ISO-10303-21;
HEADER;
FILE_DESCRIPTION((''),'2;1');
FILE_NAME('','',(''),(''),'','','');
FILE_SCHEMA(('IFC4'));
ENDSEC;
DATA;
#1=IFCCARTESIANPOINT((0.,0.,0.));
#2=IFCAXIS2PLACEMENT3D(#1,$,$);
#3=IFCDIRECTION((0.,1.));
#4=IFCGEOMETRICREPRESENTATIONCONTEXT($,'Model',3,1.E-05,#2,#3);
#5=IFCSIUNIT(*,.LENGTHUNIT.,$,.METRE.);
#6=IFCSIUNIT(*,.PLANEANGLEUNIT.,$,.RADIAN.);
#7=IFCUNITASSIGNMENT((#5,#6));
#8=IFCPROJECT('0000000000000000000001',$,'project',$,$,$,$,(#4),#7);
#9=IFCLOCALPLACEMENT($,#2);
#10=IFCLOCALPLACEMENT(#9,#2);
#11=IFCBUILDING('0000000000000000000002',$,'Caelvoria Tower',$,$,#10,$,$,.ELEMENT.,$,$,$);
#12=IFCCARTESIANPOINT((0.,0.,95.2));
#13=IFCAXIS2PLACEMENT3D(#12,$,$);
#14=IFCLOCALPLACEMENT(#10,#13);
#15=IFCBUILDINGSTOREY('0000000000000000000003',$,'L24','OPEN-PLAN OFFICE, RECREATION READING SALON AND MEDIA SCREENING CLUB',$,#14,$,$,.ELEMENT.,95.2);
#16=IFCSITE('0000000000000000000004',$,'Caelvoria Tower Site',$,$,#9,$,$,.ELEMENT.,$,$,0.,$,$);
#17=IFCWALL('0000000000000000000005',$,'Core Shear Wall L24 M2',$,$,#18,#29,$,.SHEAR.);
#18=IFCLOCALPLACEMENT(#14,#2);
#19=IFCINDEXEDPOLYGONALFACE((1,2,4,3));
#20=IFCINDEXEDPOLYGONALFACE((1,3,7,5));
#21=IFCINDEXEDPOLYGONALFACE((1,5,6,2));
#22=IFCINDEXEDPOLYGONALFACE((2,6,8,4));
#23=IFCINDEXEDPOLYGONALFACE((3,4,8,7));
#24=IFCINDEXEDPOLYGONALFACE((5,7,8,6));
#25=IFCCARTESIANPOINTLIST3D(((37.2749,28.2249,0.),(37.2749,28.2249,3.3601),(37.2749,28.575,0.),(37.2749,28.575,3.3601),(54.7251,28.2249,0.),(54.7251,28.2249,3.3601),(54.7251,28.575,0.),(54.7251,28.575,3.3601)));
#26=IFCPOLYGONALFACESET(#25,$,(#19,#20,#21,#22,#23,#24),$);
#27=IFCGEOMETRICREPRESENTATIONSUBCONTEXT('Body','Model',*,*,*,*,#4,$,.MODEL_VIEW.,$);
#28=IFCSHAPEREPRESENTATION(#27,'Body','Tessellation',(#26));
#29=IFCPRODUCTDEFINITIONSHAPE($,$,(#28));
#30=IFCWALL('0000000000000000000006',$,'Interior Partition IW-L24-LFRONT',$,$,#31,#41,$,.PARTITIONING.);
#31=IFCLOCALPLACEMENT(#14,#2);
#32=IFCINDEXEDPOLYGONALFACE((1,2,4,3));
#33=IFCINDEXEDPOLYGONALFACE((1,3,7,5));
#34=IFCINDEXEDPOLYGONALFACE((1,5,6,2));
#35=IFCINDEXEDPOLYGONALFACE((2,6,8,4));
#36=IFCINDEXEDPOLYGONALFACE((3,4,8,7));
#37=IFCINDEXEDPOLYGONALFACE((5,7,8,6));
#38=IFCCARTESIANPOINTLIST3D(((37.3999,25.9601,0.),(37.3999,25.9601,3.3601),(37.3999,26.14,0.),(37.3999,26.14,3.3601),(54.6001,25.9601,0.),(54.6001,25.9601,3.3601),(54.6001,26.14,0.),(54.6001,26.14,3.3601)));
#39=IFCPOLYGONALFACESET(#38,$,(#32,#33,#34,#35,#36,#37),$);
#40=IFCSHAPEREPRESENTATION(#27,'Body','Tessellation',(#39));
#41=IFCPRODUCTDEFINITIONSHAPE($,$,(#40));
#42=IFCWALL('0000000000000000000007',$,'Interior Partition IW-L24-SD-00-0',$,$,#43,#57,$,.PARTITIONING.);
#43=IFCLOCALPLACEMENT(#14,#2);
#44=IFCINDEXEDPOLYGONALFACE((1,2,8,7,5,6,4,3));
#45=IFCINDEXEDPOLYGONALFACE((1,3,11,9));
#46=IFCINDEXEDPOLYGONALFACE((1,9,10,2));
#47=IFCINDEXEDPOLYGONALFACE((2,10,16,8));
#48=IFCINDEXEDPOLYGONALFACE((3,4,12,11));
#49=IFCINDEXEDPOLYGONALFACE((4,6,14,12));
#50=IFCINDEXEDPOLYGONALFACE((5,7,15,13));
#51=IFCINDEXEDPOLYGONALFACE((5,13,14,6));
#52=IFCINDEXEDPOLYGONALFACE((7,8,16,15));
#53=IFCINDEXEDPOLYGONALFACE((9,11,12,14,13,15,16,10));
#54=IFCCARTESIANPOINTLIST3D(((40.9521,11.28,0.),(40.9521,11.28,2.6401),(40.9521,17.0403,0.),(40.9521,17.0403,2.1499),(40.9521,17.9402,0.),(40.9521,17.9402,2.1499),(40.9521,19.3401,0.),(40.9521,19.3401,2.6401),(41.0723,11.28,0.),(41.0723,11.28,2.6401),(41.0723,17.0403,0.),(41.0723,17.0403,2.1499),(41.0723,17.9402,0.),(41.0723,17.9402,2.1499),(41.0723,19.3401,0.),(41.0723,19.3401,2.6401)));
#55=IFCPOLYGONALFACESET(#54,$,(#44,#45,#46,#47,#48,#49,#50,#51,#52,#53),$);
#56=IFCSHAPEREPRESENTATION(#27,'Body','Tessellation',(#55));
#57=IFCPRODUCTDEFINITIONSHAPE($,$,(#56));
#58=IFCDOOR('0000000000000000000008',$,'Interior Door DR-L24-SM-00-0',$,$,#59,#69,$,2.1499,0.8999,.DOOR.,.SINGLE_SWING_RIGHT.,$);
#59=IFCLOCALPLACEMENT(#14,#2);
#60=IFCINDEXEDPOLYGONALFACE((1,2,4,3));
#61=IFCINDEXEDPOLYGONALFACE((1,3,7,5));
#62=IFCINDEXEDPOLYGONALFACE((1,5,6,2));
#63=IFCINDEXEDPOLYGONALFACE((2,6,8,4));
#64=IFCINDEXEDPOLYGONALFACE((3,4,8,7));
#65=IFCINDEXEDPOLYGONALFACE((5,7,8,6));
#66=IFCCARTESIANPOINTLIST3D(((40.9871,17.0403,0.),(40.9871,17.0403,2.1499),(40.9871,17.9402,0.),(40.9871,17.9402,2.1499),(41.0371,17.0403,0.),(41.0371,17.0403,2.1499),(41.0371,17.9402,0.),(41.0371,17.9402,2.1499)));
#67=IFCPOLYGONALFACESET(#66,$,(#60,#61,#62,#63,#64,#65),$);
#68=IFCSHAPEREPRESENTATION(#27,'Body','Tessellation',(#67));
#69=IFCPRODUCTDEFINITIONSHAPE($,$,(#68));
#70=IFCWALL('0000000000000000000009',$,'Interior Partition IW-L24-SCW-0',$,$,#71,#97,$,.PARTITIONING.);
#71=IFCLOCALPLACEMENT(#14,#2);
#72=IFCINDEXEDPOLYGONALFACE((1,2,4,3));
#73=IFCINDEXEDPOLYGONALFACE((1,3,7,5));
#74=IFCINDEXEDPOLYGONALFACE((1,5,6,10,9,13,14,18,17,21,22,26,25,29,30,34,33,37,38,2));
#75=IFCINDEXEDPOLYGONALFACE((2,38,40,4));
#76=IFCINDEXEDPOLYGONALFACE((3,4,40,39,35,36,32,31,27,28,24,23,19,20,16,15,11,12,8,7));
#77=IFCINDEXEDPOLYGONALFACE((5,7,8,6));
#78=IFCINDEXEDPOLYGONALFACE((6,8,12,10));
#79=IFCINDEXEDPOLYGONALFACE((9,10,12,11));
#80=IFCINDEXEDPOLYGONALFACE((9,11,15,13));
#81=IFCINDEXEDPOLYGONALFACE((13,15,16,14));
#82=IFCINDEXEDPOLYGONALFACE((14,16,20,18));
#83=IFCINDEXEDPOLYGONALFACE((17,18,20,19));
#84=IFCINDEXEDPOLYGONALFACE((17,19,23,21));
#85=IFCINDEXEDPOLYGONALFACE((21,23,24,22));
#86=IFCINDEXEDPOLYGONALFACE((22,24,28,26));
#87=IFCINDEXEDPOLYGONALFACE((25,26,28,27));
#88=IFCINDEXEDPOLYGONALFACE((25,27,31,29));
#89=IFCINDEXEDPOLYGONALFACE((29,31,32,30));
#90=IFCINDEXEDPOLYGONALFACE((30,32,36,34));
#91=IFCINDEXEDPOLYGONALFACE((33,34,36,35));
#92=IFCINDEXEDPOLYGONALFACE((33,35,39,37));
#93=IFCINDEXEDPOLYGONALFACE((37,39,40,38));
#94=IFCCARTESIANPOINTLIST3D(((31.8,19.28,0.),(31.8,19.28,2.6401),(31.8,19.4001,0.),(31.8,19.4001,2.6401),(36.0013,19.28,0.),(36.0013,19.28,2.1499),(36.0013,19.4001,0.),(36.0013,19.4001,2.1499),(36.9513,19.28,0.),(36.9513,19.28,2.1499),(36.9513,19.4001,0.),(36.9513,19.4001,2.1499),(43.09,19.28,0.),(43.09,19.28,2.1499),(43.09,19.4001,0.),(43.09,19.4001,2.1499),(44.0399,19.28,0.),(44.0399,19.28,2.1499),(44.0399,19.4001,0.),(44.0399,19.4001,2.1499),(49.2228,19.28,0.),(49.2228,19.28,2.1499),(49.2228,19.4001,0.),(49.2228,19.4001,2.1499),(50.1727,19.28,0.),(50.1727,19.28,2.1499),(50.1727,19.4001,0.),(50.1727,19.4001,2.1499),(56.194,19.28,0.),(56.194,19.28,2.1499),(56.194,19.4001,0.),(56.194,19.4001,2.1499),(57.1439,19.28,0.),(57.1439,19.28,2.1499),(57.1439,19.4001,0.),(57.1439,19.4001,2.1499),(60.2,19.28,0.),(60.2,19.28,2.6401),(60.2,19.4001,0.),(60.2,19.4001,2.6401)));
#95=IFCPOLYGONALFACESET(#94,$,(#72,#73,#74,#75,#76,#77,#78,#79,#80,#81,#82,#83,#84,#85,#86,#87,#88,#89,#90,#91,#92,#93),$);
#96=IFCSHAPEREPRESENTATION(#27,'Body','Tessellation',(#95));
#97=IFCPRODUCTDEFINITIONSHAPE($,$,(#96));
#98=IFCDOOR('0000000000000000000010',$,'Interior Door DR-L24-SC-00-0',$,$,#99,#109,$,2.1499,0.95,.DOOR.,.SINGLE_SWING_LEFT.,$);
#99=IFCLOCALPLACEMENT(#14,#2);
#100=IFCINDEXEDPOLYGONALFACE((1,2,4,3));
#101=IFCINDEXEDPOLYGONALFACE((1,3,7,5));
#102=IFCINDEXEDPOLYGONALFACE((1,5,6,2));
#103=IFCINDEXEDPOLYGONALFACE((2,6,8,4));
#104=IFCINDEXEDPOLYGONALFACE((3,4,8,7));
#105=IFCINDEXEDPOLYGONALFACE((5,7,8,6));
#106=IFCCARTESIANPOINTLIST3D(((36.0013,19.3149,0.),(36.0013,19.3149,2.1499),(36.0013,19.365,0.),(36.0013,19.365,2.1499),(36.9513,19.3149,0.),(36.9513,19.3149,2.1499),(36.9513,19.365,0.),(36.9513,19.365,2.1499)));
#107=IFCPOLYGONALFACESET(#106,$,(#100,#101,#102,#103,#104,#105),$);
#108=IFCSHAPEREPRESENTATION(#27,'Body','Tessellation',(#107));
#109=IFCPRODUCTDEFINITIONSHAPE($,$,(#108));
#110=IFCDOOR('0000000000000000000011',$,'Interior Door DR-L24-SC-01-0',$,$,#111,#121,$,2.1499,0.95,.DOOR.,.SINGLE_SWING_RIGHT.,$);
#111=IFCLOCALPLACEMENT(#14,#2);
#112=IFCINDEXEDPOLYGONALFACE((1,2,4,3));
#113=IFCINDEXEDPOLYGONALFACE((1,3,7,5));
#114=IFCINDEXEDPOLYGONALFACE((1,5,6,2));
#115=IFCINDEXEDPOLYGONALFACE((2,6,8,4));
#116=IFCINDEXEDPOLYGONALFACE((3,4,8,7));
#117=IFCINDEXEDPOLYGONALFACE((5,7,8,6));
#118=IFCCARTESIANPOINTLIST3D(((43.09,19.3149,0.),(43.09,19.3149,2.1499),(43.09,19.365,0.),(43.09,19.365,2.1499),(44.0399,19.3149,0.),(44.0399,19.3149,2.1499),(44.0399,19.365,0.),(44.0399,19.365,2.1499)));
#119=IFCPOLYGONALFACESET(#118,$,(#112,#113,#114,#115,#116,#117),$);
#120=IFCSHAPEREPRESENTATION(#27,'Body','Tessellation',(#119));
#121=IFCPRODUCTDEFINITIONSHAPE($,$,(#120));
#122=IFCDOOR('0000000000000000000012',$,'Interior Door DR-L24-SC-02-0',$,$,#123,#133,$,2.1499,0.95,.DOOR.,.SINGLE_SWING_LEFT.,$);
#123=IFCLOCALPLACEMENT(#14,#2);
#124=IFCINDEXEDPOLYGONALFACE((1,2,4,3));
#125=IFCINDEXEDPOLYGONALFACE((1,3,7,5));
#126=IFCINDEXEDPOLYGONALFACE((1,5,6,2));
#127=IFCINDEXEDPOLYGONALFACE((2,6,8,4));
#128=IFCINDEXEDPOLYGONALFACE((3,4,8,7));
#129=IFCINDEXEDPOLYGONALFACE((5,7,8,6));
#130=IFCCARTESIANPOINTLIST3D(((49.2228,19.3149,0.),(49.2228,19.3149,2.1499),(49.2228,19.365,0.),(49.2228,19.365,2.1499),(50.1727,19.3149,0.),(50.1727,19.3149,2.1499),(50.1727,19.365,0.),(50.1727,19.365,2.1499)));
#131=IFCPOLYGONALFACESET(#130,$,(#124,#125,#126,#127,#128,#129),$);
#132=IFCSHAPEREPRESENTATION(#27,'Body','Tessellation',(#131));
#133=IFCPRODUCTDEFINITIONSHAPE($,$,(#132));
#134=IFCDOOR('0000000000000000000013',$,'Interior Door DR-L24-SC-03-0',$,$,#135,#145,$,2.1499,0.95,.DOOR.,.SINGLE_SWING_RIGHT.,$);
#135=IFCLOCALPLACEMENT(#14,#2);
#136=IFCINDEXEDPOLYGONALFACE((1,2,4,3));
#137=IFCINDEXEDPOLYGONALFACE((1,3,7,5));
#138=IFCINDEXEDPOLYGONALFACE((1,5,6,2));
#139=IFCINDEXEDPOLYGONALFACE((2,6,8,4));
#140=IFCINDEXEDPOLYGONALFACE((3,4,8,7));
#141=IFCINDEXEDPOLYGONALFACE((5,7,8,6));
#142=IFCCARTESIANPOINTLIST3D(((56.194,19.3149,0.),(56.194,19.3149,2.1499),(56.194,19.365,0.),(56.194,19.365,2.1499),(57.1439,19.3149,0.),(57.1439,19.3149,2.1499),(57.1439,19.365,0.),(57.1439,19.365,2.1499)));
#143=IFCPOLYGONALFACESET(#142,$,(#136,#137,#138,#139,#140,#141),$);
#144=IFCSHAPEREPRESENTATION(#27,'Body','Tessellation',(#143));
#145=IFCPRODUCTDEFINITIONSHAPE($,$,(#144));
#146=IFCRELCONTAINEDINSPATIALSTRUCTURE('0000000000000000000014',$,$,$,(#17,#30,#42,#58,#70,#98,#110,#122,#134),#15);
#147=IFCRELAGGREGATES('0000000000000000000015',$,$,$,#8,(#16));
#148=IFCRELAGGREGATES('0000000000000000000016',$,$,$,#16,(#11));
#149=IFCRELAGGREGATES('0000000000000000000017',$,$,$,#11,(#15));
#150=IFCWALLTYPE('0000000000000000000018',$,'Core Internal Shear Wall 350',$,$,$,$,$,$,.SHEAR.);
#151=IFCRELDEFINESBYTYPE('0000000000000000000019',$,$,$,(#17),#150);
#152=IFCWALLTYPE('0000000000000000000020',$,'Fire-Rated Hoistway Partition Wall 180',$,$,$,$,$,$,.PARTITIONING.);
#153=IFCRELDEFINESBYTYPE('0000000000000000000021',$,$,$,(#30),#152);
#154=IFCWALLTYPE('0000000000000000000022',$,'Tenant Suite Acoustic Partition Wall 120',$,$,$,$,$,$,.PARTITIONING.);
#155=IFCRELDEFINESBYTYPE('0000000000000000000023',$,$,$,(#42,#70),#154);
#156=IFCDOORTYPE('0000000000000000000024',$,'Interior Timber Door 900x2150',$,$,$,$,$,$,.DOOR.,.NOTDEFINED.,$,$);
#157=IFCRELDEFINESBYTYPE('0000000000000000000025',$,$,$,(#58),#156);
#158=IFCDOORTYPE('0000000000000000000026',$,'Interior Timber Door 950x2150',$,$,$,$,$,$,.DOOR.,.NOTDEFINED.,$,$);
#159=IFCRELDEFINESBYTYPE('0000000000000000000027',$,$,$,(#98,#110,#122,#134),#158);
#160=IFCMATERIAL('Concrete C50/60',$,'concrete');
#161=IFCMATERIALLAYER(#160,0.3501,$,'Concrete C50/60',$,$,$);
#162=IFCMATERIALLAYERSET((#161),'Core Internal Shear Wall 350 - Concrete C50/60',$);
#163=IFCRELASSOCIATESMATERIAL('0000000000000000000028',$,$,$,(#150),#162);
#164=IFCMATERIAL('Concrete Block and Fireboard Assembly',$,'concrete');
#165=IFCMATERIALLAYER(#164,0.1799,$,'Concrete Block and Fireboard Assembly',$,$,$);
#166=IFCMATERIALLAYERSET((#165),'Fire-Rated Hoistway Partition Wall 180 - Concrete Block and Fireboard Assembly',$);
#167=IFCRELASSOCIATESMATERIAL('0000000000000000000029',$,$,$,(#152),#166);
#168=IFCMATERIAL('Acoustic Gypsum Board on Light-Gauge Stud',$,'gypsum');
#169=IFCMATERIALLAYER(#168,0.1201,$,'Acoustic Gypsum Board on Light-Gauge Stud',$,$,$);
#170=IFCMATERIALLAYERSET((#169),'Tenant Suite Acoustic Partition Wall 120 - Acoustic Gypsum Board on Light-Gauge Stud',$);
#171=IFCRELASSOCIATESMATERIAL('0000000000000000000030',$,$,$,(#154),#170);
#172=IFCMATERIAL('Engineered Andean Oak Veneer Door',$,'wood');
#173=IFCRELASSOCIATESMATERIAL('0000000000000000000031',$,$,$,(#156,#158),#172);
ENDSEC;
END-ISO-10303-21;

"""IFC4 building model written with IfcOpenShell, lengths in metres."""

from ifc_helpers import new_model, si_unit, direction, frame, frame_2d, origin, place, context, subcontext, project, spatial, rectangle, extrude, material, layer, layer_set, type_object, element, fill, save


model = new_model("IFC4")

# Units and contexts
model_context = context("Model", 3, precision=1e-05, world=origin(), true_north=direction((0.0, 1.0)))
body_context = subcontext(model_context, "Body", "Model", "MODEL_VIEW")
ifc_project = project(units=[si_unit("LENGTHUNIT", "METRE"), si_unit("PLANEANGLEUNIT", "RADIAN")], contexts=[model_context])

# Site, building, storey
site_placement = place(None, origin())
site = spatial("IfcSite", under=ifc_project, at=site_placement, Name="Caelvoria Tower Site", CompositionType="ELEMENT", RefElevation=0.0)
building_placement = place(site_placement, origin())
building = spatial("IfcBuilding", under=site, at=building_placement, Name="Caelvoria Tower", CompositionType="ELEMENT")
storey_placement = place(building_placement, frame((0.0, 0.0, 95.2)))
storey = spatial("IfcBuildingStorey", under=building, at=storey_placement, Name="L24", Description="OPEN-PLAN OFFICE, RECREATION READING SALON AND MEDIA SCREENING CLUB", CompositionType="ELEMENT", Elevation=95.2)

# Shared definitions
ifc_material_1 = material(Name="Concrete C50/60", Category="concrete")
ifc_layer_1 = layer(ifc_material_1, 0.3501, Name="Concrete C50/60")
ifc_layer_set_1 = layer_set([ifc_layer_1], Name="Core Internal Shear Wall 350 - Concrete C50/60")
wall_type_1 = type_object("IfcWallType", Name="Core Internal Shear Wall 350", PredefinedType="SHEAR", material=ifc_layer_set_1)

# Walls
wall_1_placement = place(storey_placement, frame((37.2749, 28.3999, 0.0), z_axis=(0.0, 0.0, 1.0), x_axis=(1.0, 0.0, 0.0)))
element("IfcWall", 1, at=wall_1_placement, inside=storey, type_object=wall_type_1, Name="Core Shear Wall L24 M2", PredefinedType="SHEAR", context=body_context, shape_type="SweptSolid", body=[
    extrude(rectangle(XDim=17.4502, YDim=0.3501, at=frame_2d((8.7251, 0.0))), origin(), (0.0, 0.0, 1.0), 3.3601),
])
ifc_material_2 = material(Name="Concrete Block and Fireboard Assembly", Category="concrete")
ifc_layer_2 = layer(ifc_material_2, 0.1799, Name="Concrete Block and Fireboard Assembly")
ifc_layer_set_2 = layer_set([ifc_layer_2], Name="Fire-Rated Hoistway Partition Wall 180 - Concrete Block and Fireboard Assembly")
wall_type_2 = type_object("IfcWallType", Name="Fire-Rated Hoistway Partition Wall 180", PredefinedType="PARTITIONING", material=ifc_layer_set_2)
wall_2_placement = place(storey_placement, frame((37.3999, 26.05, 0.0), z_axis=(0.0, 0.0, 1.0), x_axis=(1.0, 0.0, 0.0)))
element("IfcWall", 2, at=wall_2_placement, inside=storey, type_object=wall_type_2, Name="Interior Partition IW-L24-LFRONT", PredefinedType="PARTITIONING", context=body_context, shape_type="SweptSolid", body=[
    extrude(rectangle(XDim=17.2002, YDim=0.1799, at=frame_2d((8.6001, 0.0))), origin(), (0.0, 0.0, 1.0), 3.3601),
])

# Wall, opening, door
ifc_material_3 = material(Name="Acoustic Gypsum Board on Light-Gauge Stud", Category="gypsum")
ifc_layer_3 = layer(ifc_material_3, 0.1201, Name="Acoustic Gypsum Board on Light-Gauge Stud")
ifc_layer_set_3 = layer_set([ifc_layer_3], Name="Tenant Suite Acoustic Partition Wall 120 - Acoustic Gypsum Board on Light-Gauge Stud")
wall_type_3 = type_object("IfcWallType", Name="Tenant Suite Acoustic Partition Wall 120", PredefinedType="PARTITIONING", material=ifc_layer_set_3)
wall_3_placement = place(storey_placement, frame((41.0122, 19.3401, 0.0), z_axis=(0.0, 0.0, 1.0), x_axis=(0.0, -1.0, 0.0)))
wall_3 = element("IfcWall", 3, at=wall_3_placement, inside=storey, type_object=wall_type_3, Name="Interior Partition IW-L24-SD-00-0", PredefinedType="PARTITIONING", context=body_context, shape_type="SweptSolid", body=[
    extrude(rectangle(XDim=8.0601, YDim=0.1201, at=frame_2d((4.03, 0.0))), origin(), (0.0, 0.0, 1.0), 2.6401),
])
opening_1_placement = place(wall_3_placement, frame((1.3999, 0.0, 0.0)))
opening_1 = element("IfcOpeningElement", 4, at=opening_1_placement, cuts=wall_3, PredefinedType="OPENING", context=body_context, shape_type="SweptSolid", body=[
    extrude(rectangle(XDim=0.8999, YDim=2.1499, at=frame_2d((0.45, 1.075))), frame((0.0, 0.0701, 0.0), z_axis=(0.0, -1.0, 0.0), x_axis=(1.0, 0.0, 0.0)), (0.0, 0.0, 1.0), 0.1401),
])
ifc_material_4 = material(Name="Engineered Andean Oak Veneer Door", Category="wood")
door_type_1 = type_object("IfcDoorType", Name="Interior Timber Door 900x2150", OperationType="NOTDEFINED", PredefinedType="DOOR", material=ifc_material_4)
door_1_placement = place(opening_1_placement, origin())
door_1 = element("IfcDoor", 5, at=door_1_placement, inside=storey, type_object=door_type_1, Name="Interior Door DR-L24-SM-00-0", OperationType="SINGLE_SWING_RIGHT", OverallHeight=2.1499, OverallWidth=0.8999, PredefinedType="DOOR", context=body_context, shape_type="SweptSolid", body=[
    extrude(rectangle(XDim=0.8999, YDim=2.1499, at=frame_2d((0.45, 1.075))), frame((0.0, 0.0249, 0.0), z_axis=(0.0, -1.0, 0.0), x_axis=(1.0, 0.0, 0.0)), (0.0, 0.0, 1.0), 0.05),
])
fill(opening_1, door_1)

# Wall, openings, doors
wall_4_placement = place(storey_placement, frame((31.8, 19.3401, 0.0), z_axis=(0.0, 0.0, 1.0), x_axis=(1.0, 0.0, 0.0)))
wall_4 = element("IfcWall", 6, at=wall_4_placement, inside=storey, type_object=wall_type_3, Name="Interior Partition IW-L24-SCW-0", PredefinedType="PARTITIONING", context=body_context, shape_type="SweptSolid", body=[
    extrude(rectangle(XDim=28.3999, YDim=0.1201, at=frame_2d((14.2, 0.0))), origin(), (0.0, 0.0, 1.0), 2.6401),
])
opening_2_placement = place(wall_4_placement, frame((4.2012, 0.0, 0.0)))
opening_2 = element("IfcOpeningElement", 7, at=opening_2_placement, cuts=wall_4, PredefinedType="OPENING", context=body_context, shape_type="SweptSolid", body=[
    extrude(rectangle(XDim=0.95, YDim=2.1499, at=frame_2d((0.4751, 1.075))), frame((0.0, 0.0701, 0.0), z_axis=(0.0, -1.0, 0.0), x_axis=(1.0, 0.0, 0.0)), (0.0, 0.0, 1.0), 0.1401),
])
opening_3_placement = place(wall_4_placement, frame((11.2898, 0.0, 0.0)))
opening_3 = element("IfcOpeningElement", 8, at=opening_3_placement, cuts=wall_4, PredefinedType="OPENING", context=body_context, shape_type="SweptSolid", body=[
    extrude(rectangle(XDim=0.95, YDim=2.1499, at=frame_2d((0.4751, 1.075))), frame((0.0, 0.0701, 0.0), z_axis=(0.0, -1.0, 0.0), x_axis=(1.0, 0.0, 0.0)), (0.0, 0.0, 1.0), 0.1401),
])
opening_4_placement = place(wall_4_placement, frame((17.4226, 0.0, 0.0)))
opening_4 = element("IfcOpeningElement", 9, at=opening_4_placement, cuts=wall_4, PredefinedType="OPENING", context=body_context, shape_type="SweptSolid", body=[
    extrude(rectangle(XDim=0.95, YDim=2.1499, at=frame_2d((0.4751, 1.075))), frame((0.0, 0.0701, 0.0), z_axis=(0.0, -1.0, 0.0), x_axis=(1.0, 0.0, 0.0)), (0.0, 0.0, 1.0), 0.1401),
])
opening_5_placement = place(wall_4_placement, frame((24.3938, 0.0, 0.0)))
opening_5 = element("IfcOpeningElement", 10, at=opening_5_placement, cuts=wall_4, PredefinedType="OPENING", context=body_context, shape_type="SweptSolid", body=[
    extrude(rectangle(XDim=0.95, YDim=2.1499, at=frame_2d((0.4751, 1.075))), frame((0.0, 0.0701, 0.0), z_axis=(0.0, -1.0, 0.0), x_axis=(1.0, 0.0, 0.0)), (0.0, 0.0, 1.0), 0.1401),
])
door_type_2 = type_object("IfcDoorType", Name="Interior Timber Door 950x2150", OperationType="NOTDEFINED", PredefinedType="DOOR", material=ifc_material_4)
door_2_placement = place(opening_2_placement, origin())
door_2 = element("IfcDoor", 11, at=door_2_placement, inside=storey, type_object=door_type_2, Name="Interior Door DR-L24-SC-00-0", OperationType="SINGLE_SWING_LEFT", OverallHeight=2.1499, OverallWidth=0.95, PredefinedType="DOOR", context=body_context, shape_type="SweptSolid", body=[
    extrude(rectangle(XDim=0.95, YDim=2.1499, at=frame_2d((0.4751, 1.075))), frame((0.0, 0.0249, 0.0), z_axis=(0.0, -1.0, 0.0), x_axis=(1.0, 0.0, 0.0)), (0.0, 0.0, 1.0), 0.05),
])
fill(opening_2, door_2)
door_3_placement = place(opening_3_placement, origin())
door_3 = element("IfcDoor", 12, at=door_3_placement, inside=storey, type_object=door_type_2, Name="Interior Door DR-L24-SC-01-0", OperationType="SINGLE_SWING_RIGHT", OverallHeight=2.1499, OverallWidth=0.95, PredefinedType="DOOR", context=body_context, shape_type="SweptSolid", body=[
    extrude(rectangle(XDim=0.95, YDim=2.1499, at=frame_2d((0.4751, 1.075))), frame((0.0, 0.0249, 0.0), z_axis=(0.0, -1.0, 0.0), x_axis=(1.0, 0.0, 0.0)), (0.0, 0.0, 1.0), 0.05),
])
fill(opening_3, door_3)
door_4_placement = place(opening_4_placement, origin())
door_4 = element("IfcDoor", 13, at=door_4_placement, inside=storey, type_object=door_type_2, Name="Interior Door DR-L24-SC-02-0", OperationType="SINGLE_SWING_LEFT", OverallHeight=2.1499, OverallWidth=0.95, PredefinedType="DOOR", context=body_context, shape_type="SweptSolid", body=[
    extrude(rectangle(XDim=0.95, YDim=2.1499, at=frame_2d((0.4751, 1.075))), frame((0.0, 0.0249, 0.0), z_axis=(0.0, -1.0, 0.0), x_axis=(1.0, 0.0, 0.0)), (0.0, 0.0, 1.0), 0.05),
])
fill(opening_4, door_4)
door_5_placement = place(opening_5_placement, origin())
door_5 = element("IfcDoor", 14, at=door_5_placement, inside=storey, type_object=door_type_2, Name="Interior Door DR-L24-SC-03-0", OperationType="SINGLE_SWING_RIGHT", OverallHeight=2.1499, OverallWidth=0.95, PredefinedType="DOOR", context=body_context, shape_type="SweptSolid", body=[
    extrude(rectangle(XDim=0.95, YDim=2.1499, at=frame_2d((0.4751, 1.075))), frame((0.0, 0.0249, 0.0), z_axis=(0.0, -1.0, 0.0), x_axis=(1.0, 0.0, 0.0)), (0.0, 0.0, 1.0), 0.05),
])
fill(opening_5, door_5)

save(model, "model.ifc")
